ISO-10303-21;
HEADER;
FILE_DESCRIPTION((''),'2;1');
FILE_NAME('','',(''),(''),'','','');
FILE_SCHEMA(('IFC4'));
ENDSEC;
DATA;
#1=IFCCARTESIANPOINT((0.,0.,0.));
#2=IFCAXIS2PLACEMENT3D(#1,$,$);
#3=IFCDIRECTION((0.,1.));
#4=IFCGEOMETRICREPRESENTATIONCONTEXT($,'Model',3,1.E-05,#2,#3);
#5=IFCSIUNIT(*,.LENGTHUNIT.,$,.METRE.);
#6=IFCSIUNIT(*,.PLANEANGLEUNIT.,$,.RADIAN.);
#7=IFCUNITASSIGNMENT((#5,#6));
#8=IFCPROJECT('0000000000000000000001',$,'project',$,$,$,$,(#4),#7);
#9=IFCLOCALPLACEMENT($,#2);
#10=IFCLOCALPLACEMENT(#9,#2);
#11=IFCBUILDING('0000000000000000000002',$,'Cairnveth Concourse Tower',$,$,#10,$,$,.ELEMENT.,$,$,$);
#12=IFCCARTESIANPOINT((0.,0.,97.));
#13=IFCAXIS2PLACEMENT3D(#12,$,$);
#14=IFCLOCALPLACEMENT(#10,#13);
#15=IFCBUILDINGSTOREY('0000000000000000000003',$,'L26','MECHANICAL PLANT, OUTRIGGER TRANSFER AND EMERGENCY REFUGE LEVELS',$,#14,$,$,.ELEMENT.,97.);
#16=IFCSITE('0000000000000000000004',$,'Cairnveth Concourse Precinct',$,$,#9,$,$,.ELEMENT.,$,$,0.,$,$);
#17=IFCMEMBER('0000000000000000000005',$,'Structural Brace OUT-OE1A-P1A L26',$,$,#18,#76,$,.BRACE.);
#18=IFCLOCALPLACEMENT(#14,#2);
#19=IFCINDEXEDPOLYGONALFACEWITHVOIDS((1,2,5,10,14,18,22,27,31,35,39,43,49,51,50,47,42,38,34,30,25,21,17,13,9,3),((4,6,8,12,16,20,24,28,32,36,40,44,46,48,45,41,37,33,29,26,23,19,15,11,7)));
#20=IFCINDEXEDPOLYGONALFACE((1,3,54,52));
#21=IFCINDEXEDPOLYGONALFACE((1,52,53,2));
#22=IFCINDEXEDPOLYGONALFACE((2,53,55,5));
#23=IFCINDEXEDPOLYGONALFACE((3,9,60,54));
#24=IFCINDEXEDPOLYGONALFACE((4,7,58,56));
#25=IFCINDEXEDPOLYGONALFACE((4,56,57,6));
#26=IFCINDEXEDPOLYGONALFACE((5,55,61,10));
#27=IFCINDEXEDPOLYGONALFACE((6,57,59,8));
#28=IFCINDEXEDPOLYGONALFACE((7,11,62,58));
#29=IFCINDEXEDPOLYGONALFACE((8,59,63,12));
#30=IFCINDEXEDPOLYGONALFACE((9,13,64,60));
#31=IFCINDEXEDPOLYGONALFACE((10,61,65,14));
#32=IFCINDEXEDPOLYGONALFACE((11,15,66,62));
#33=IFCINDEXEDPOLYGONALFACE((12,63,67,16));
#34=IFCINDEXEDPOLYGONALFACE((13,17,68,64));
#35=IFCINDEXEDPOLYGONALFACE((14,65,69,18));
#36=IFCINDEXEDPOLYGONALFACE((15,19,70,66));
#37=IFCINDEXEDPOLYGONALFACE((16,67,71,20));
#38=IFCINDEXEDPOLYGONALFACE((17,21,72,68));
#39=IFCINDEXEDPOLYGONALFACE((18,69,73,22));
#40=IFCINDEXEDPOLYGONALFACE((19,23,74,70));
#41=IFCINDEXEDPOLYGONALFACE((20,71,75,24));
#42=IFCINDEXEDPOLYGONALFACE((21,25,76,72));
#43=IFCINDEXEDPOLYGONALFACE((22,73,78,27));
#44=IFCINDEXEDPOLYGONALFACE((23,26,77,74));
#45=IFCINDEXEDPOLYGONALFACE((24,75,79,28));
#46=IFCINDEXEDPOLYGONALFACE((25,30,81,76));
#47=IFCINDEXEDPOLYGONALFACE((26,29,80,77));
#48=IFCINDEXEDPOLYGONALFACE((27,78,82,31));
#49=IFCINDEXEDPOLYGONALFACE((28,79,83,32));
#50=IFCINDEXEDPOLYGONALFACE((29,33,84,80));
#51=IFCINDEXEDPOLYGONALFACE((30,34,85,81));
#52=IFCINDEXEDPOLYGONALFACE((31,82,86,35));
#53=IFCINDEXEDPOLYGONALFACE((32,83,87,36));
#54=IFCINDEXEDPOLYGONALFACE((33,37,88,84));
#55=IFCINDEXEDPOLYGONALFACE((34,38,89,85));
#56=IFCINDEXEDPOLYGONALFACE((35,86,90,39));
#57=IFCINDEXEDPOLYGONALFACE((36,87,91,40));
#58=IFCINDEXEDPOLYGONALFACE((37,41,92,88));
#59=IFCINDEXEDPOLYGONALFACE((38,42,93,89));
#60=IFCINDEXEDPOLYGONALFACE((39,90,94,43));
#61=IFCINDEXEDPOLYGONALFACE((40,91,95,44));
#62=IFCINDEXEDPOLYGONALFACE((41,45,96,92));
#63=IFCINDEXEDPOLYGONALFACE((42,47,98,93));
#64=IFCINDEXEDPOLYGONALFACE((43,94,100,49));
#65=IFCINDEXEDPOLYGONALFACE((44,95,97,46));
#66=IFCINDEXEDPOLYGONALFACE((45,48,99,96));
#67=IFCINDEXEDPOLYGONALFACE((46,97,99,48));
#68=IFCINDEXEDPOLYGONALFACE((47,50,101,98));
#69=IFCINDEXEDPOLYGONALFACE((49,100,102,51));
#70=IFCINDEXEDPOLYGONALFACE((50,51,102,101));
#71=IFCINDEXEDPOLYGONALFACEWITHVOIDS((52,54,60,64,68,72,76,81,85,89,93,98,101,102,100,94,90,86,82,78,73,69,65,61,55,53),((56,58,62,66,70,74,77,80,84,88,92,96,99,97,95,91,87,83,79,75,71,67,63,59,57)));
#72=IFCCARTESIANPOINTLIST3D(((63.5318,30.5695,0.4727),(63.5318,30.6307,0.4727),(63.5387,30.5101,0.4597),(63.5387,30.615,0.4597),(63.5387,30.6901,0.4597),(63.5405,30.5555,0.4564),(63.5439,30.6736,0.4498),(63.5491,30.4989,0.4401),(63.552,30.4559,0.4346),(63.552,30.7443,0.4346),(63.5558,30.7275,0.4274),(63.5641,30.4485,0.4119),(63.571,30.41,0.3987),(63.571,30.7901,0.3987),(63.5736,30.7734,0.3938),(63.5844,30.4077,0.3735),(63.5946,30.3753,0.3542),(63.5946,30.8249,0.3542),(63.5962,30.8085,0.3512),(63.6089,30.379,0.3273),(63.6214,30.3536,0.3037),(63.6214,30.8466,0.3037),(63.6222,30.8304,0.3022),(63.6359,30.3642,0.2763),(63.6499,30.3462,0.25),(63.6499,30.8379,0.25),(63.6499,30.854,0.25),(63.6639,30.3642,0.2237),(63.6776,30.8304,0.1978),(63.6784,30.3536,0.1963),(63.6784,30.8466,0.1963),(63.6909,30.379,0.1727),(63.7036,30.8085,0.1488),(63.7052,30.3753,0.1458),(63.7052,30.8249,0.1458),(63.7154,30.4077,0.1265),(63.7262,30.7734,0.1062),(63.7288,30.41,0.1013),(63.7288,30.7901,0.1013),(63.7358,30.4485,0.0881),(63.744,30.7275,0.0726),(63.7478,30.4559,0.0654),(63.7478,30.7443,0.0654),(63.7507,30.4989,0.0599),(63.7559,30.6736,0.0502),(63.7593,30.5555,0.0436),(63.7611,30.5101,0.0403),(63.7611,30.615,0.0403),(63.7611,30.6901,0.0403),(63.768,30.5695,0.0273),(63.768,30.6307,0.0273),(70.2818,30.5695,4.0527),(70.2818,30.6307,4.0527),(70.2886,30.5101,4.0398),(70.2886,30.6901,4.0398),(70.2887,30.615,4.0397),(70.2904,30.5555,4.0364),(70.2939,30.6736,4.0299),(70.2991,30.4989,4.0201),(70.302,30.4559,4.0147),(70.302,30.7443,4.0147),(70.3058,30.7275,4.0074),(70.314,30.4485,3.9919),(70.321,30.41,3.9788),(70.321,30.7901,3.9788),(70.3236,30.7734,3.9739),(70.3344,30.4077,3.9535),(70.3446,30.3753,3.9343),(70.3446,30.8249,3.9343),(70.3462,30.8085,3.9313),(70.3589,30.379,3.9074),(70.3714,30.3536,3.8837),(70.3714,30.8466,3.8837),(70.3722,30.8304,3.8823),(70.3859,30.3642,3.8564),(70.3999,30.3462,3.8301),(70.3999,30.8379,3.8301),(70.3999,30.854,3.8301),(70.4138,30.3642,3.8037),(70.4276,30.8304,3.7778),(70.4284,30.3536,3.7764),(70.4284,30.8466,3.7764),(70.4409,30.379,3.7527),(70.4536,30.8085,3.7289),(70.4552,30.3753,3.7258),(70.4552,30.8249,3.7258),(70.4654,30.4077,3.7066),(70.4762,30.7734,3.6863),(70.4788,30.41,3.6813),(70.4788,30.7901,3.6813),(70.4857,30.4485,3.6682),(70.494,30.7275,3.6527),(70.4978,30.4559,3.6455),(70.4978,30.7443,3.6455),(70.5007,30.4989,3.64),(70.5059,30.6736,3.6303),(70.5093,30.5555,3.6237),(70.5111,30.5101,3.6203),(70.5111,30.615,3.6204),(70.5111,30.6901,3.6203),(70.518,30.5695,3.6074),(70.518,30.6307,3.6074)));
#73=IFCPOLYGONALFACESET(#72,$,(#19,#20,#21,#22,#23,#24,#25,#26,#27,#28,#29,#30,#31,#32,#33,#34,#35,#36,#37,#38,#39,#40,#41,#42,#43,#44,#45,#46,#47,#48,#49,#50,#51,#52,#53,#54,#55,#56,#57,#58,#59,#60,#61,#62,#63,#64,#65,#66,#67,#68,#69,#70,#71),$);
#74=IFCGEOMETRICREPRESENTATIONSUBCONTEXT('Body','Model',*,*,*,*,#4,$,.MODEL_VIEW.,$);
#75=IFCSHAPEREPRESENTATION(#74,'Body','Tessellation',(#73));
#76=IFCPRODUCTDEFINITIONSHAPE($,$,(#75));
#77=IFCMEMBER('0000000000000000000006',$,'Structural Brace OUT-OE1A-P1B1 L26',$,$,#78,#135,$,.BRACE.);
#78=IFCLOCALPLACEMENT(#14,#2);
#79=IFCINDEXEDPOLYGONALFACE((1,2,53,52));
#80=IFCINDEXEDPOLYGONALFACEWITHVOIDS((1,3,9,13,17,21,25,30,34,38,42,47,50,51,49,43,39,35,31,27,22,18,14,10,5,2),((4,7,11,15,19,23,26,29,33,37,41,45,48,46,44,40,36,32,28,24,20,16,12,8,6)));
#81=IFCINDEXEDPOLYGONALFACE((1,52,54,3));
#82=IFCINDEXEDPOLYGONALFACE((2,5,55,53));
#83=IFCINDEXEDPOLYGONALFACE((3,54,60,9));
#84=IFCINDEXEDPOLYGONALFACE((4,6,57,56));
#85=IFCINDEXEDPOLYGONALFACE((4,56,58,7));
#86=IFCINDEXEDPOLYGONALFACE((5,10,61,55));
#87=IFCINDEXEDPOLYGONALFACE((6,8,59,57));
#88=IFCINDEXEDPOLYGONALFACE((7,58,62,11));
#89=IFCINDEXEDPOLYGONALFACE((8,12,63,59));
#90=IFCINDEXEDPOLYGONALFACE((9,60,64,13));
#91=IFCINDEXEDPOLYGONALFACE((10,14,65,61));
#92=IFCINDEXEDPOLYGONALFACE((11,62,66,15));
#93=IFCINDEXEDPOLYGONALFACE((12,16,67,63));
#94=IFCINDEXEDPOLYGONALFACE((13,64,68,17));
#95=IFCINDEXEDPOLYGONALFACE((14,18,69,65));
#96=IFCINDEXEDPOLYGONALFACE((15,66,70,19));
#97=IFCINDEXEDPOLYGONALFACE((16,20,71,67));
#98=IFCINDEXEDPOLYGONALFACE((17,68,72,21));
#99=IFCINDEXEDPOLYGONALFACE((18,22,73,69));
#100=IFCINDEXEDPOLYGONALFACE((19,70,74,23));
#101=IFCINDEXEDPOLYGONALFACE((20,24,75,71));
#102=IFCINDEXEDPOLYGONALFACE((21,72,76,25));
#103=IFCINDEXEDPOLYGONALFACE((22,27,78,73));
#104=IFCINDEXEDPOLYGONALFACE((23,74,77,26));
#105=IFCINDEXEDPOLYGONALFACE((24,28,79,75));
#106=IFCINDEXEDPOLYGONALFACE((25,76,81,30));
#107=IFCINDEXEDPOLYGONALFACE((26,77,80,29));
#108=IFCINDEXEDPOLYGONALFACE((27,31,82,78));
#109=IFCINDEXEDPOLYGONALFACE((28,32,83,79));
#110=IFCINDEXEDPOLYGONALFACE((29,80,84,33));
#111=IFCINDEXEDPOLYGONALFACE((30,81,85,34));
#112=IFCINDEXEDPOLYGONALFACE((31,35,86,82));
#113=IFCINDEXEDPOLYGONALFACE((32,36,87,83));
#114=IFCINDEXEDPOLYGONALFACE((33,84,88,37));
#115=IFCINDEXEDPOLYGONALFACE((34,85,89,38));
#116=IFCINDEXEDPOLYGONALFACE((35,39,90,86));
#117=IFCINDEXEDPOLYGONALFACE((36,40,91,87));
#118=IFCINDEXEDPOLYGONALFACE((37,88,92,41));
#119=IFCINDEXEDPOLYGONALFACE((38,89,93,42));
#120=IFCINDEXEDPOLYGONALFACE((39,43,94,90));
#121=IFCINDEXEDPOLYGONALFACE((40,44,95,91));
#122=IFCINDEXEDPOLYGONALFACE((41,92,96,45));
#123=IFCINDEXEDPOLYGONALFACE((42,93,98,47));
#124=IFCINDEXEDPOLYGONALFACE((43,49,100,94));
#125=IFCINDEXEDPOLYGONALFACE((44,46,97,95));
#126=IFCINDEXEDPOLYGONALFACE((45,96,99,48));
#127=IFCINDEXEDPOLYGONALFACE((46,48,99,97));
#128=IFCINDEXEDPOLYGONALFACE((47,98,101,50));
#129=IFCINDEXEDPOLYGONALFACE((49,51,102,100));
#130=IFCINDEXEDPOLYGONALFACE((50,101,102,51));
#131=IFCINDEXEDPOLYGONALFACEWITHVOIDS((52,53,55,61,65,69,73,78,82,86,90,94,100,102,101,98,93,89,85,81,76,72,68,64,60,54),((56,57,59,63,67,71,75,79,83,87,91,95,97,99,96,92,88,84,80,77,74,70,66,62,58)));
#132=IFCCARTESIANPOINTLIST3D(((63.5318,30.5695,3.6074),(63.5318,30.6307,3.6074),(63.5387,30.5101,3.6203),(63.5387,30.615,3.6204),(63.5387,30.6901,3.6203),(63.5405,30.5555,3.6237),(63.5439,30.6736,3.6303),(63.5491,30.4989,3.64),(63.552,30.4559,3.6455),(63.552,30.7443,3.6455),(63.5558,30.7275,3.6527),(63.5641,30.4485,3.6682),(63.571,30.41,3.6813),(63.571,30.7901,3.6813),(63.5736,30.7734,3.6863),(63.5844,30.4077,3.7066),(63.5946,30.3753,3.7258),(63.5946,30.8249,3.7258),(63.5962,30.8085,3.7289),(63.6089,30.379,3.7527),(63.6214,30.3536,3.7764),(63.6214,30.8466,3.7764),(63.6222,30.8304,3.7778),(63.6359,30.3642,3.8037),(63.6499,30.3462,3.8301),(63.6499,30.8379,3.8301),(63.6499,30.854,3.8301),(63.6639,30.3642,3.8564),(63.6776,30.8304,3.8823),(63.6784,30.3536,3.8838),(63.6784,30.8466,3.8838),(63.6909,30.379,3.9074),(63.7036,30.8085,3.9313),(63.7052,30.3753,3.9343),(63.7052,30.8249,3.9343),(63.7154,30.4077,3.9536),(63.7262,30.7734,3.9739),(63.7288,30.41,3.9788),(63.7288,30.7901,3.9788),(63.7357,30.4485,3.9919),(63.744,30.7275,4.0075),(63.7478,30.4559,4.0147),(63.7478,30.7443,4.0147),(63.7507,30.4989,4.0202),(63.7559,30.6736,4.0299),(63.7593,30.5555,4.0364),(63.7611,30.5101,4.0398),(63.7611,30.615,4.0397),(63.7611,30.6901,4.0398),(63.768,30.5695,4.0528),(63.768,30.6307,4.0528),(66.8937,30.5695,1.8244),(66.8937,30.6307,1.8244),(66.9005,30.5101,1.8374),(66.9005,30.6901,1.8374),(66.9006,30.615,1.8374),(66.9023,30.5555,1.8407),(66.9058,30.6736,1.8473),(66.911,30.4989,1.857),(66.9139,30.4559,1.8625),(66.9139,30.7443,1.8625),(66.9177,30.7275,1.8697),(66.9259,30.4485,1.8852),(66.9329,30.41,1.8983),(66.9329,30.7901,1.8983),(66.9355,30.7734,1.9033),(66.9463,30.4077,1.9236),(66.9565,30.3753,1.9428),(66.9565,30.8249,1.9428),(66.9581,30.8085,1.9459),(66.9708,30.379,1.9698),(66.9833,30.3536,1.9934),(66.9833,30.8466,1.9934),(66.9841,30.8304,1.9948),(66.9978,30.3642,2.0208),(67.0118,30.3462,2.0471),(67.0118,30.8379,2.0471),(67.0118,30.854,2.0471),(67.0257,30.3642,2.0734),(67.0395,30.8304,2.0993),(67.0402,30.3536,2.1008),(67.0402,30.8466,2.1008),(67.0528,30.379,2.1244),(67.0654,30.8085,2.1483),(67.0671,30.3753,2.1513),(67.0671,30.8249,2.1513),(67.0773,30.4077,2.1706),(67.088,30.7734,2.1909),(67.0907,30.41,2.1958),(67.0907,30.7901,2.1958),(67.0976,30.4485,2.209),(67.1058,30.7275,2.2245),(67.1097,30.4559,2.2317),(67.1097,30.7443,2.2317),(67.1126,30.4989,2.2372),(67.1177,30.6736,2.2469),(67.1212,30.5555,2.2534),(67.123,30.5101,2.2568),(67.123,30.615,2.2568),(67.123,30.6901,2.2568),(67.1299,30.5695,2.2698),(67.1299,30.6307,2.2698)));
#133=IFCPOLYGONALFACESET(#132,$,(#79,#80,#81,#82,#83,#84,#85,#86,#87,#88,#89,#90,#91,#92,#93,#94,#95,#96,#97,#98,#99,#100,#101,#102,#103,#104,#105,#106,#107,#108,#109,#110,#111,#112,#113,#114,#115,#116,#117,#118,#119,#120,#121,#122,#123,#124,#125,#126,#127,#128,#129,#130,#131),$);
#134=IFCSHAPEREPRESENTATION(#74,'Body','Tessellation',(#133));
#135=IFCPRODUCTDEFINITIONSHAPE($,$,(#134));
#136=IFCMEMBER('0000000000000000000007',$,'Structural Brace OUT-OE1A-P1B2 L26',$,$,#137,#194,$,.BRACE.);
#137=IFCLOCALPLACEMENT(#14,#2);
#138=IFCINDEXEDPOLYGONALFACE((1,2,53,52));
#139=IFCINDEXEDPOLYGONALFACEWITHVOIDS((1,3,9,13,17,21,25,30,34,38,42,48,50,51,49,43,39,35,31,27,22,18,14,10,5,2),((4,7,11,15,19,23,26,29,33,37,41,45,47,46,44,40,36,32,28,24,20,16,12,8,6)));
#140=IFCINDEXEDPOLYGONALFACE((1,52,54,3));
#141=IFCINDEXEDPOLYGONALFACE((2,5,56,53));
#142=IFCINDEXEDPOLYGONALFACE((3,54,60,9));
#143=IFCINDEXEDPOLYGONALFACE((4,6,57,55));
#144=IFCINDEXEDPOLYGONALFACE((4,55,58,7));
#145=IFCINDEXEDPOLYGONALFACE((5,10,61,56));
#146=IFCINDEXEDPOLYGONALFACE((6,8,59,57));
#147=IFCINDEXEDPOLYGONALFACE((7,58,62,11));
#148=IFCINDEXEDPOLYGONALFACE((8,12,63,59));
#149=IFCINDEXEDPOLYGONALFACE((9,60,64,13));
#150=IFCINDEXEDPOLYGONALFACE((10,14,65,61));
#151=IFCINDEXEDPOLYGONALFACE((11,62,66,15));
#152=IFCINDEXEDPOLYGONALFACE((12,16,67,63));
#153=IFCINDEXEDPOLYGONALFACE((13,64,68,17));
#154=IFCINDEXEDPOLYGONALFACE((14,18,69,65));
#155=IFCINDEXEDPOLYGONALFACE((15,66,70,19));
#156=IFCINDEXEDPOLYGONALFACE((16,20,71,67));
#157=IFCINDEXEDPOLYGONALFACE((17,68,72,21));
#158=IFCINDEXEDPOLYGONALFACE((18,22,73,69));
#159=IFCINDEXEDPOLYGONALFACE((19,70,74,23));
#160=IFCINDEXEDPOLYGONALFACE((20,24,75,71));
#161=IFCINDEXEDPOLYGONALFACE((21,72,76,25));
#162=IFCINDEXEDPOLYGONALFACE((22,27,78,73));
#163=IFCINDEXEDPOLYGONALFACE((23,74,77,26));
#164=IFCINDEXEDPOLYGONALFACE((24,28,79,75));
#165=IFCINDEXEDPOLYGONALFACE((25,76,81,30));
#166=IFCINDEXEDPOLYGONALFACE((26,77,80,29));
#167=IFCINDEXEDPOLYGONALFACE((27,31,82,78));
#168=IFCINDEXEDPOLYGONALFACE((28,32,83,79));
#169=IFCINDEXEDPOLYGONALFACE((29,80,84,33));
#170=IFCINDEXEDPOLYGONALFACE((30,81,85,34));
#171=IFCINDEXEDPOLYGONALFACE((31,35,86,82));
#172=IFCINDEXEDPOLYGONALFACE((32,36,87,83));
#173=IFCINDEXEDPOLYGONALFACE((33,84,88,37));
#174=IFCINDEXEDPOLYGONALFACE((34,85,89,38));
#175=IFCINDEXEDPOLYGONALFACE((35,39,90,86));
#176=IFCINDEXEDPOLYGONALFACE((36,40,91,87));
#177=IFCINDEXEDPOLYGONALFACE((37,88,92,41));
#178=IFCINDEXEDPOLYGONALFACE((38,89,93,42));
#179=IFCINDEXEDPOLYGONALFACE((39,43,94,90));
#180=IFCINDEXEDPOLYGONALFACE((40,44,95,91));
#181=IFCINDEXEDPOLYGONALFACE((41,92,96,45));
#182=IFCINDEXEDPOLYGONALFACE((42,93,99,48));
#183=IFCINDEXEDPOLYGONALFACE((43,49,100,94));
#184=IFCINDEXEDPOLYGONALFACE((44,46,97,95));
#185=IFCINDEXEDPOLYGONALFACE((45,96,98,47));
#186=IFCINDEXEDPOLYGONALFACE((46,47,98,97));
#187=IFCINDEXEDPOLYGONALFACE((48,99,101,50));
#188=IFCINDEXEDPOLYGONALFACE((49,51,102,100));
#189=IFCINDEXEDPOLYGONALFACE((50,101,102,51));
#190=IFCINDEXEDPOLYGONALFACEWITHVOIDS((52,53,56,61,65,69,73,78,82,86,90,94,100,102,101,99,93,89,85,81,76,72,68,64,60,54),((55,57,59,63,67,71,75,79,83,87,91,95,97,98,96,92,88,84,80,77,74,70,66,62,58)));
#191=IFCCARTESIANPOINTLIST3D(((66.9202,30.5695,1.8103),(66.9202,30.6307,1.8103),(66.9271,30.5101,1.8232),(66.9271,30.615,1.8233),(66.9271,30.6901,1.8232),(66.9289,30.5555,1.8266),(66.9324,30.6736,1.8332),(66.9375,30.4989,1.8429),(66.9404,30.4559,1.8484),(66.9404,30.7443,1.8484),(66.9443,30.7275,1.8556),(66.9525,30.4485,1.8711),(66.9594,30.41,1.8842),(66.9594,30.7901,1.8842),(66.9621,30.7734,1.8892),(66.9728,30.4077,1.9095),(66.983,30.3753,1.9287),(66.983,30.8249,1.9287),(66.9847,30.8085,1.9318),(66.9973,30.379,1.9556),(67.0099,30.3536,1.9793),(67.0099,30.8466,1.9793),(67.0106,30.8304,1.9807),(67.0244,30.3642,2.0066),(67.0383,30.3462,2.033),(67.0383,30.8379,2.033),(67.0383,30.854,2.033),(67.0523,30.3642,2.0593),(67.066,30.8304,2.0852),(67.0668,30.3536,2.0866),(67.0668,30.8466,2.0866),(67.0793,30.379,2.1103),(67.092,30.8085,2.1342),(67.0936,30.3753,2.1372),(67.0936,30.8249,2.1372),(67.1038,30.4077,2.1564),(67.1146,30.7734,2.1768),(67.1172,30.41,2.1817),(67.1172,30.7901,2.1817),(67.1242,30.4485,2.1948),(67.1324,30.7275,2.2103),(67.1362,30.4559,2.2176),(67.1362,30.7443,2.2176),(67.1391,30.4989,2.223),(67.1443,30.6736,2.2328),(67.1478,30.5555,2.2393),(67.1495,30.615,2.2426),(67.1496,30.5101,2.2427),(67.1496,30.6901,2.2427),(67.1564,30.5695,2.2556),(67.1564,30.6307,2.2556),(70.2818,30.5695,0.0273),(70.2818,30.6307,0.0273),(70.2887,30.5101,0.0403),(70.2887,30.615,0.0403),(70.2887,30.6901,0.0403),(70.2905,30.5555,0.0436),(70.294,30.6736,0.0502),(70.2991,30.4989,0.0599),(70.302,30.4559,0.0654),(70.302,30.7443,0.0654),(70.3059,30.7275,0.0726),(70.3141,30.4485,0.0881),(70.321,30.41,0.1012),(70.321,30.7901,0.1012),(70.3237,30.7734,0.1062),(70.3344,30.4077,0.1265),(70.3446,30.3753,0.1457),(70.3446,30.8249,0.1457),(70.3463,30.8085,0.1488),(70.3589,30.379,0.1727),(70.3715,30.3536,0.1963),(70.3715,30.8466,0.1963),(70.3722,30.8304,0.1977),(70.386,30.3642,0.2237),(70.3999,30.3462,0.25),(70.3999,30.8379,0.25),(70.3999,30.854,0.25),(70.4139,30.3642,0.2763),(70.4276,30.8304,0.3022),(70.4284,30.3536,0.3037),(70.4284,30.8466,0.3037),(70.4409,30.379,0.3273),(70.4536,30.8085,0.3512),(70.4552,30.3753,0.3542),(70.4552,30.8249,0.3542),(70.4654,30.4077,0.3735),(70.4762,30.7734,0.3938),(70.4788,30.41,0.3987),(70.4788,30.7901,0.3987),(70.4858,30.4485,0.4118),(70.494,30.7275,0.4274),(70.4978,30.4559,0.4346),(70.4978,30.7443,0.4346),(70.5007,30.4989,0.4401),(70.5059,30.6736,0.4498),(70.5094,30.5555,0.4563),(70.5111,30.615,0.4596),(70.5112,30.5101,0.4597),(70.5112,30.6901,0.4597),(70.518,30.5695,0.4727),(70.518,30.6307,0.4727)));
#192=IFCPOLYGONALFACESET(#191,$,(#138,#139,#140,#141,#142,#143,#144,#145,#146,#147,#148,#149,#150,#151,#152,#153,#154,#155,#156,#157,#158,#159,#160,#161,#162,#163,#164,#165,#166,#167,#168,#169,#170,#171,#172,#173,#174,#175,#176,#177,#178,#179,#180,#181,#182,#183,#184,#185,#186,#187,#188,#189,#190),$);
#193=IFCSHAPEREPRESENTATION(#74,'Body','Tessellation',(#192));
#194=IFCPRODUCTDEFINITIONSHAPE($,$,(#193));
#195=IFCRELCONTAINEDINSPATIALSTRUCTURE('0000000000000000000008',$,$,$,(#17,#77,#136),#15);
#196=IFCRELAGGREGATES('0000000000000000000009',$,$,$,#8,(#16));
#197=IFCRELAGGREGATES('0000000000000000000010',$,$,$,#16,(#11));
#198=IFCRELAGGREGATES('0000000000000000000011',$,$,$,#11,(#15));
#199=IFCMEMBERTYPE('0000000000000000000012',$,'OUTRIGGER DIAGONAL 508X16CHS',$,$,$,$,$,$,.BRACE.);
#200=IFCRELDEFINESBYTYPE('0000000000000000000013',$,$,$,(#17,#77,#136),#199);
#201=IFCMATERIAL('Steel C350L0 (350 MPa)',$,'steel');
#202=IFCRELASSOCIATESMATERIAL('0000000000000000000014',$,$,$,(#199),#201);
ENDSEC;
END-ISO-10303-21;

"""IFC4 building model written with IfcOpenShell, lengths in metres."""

from ifc_helpers import new_model, si_unit, direction, frame, origin, origin_2d, place, context, subcontext, project, spatial, hollow_circle, extrude, material, material_profile, profile_set, type_object, element, save


model = new_model("IFC4")

# Units and contexts
model_context = context("Model", 3, precision=1e-05, world=origin(), true_north=direction((0.0, 1.0)))
body_context = subcontext(model_context, "Body", "Model", "MODEL_VIEW")
ifc_project = project(units=[si_unit("LENGTHUNIT", "METRE"), si_unit("PLANEANGLEUNIT", "RADIAN")], contexts=[model_context])

# Site, building, storey
site_placement = place(None, origin())
site = spatial("IfcSite", under=ifc_project, at=site_placement, Name="Cairnveth Concourse Precinct", CompositionType="ELEMENT", RefElevation=0.0)
building_placement = place(site_placement, origin())
building = spatial("IfcBuilding", under=site, at=building_placement, Name="Cairnveth Concourse Tower", CompositionType="ELEMENT")
storey_placement = place(building_placement, frame((0.0, 0.0, 97.0)))
storey = spatial("IfcBuildingStorey", under=building, at=storey_placement, Name="L26", Description="MECHANICAL PLANT, OUTRIGGER TRANSFER AND EMERGENCY REFUGE LEVELS", CompositionType="ELEMENT", Elevation=97.0)

# Shared definitions
ifc_material_1 = material(Name="Steel C350L0 (350 MPa)", Category="steel")

# Members
ifc_material_profile_1 = material_profile(ifc_material_1, hollow_circle(Radius=0.2539, WallThickness=0.0161, at=origin_2d()), Name="508.0x16.0CHS")
ifc_profile_set_1 = profile_set([ifc_material_profile_1], Name="Steel C350L0 (350 MPa)")
member_type_1 = type_object("IfcMemberType", Name="OUTRIGGER DIAGONAL 508X16CHS", PredefinedType="BRACE", material=ifc_profile_set_1)
member_1_placement = place(storey_placement, frame((63.6499, 30.6001, 0.25), z_axis=(0.883433, 0.0, 0.468557), x_axis=(0.0, 1.0, 0.0)))
element("IfcMember", 1, at=member_1_placement, inside=storey, type_object=member_type_1, Name="Structural Brace OUT-OE1A-P1A L26", PredefinedType="BRACE", context=body_context, shape_type="SweptSolid", body=[
    extrude(hollow_circle(Radius=0.2539, WallThickness=0.0161, at=origin_2d()), origin(), (0.0, 0.0, 1.0), 7.6406),
])
member_2_placement = place(storey_placement, frame((63.6499, 30.6001, 3.8301), z_axis=(0.883443, 0.0, -0.468539), x_axis=(0.0, 1.0, 0.0)))
element("IfcMember", 2, at=member_2_placement, inside=storey, type_object=member_type_1, Name="Structural Brace OUT-OE1A-P1B1 L26", PredefinedType="BRACE", context=body_context, shape_type="SweptSolid", body=[
    extrude(hollow_circle(Radius=0.2539, WallThickness=0.0161, at=origin_2d()), origin(), (0.0, 0.0, 1.0), 3.8054),
])
member_3_placement = place(storey_placement, frame((67.0383, 30.6001, 2.033), z_axis=(0.883429, 0.0, -0.468566), x_axis=(0.0, 1.0, 0.0)))
element("IfcMember", 3, at=member_3_placement, inside=storey, type_object=member_type_1, Name="Structural Brace OUT-OE1A-P1B2 L26", PredefinedType="BRACE", context=body_context, shape_type="SweptSolid", body=[
    extrude(hollow_circle(Radius=0.2539, WallThickness=0.0161, at=origin_2d()), origin(), (0.0, 0.0, 1.0), 3.8052),
])

save(model, "model.ifc")
